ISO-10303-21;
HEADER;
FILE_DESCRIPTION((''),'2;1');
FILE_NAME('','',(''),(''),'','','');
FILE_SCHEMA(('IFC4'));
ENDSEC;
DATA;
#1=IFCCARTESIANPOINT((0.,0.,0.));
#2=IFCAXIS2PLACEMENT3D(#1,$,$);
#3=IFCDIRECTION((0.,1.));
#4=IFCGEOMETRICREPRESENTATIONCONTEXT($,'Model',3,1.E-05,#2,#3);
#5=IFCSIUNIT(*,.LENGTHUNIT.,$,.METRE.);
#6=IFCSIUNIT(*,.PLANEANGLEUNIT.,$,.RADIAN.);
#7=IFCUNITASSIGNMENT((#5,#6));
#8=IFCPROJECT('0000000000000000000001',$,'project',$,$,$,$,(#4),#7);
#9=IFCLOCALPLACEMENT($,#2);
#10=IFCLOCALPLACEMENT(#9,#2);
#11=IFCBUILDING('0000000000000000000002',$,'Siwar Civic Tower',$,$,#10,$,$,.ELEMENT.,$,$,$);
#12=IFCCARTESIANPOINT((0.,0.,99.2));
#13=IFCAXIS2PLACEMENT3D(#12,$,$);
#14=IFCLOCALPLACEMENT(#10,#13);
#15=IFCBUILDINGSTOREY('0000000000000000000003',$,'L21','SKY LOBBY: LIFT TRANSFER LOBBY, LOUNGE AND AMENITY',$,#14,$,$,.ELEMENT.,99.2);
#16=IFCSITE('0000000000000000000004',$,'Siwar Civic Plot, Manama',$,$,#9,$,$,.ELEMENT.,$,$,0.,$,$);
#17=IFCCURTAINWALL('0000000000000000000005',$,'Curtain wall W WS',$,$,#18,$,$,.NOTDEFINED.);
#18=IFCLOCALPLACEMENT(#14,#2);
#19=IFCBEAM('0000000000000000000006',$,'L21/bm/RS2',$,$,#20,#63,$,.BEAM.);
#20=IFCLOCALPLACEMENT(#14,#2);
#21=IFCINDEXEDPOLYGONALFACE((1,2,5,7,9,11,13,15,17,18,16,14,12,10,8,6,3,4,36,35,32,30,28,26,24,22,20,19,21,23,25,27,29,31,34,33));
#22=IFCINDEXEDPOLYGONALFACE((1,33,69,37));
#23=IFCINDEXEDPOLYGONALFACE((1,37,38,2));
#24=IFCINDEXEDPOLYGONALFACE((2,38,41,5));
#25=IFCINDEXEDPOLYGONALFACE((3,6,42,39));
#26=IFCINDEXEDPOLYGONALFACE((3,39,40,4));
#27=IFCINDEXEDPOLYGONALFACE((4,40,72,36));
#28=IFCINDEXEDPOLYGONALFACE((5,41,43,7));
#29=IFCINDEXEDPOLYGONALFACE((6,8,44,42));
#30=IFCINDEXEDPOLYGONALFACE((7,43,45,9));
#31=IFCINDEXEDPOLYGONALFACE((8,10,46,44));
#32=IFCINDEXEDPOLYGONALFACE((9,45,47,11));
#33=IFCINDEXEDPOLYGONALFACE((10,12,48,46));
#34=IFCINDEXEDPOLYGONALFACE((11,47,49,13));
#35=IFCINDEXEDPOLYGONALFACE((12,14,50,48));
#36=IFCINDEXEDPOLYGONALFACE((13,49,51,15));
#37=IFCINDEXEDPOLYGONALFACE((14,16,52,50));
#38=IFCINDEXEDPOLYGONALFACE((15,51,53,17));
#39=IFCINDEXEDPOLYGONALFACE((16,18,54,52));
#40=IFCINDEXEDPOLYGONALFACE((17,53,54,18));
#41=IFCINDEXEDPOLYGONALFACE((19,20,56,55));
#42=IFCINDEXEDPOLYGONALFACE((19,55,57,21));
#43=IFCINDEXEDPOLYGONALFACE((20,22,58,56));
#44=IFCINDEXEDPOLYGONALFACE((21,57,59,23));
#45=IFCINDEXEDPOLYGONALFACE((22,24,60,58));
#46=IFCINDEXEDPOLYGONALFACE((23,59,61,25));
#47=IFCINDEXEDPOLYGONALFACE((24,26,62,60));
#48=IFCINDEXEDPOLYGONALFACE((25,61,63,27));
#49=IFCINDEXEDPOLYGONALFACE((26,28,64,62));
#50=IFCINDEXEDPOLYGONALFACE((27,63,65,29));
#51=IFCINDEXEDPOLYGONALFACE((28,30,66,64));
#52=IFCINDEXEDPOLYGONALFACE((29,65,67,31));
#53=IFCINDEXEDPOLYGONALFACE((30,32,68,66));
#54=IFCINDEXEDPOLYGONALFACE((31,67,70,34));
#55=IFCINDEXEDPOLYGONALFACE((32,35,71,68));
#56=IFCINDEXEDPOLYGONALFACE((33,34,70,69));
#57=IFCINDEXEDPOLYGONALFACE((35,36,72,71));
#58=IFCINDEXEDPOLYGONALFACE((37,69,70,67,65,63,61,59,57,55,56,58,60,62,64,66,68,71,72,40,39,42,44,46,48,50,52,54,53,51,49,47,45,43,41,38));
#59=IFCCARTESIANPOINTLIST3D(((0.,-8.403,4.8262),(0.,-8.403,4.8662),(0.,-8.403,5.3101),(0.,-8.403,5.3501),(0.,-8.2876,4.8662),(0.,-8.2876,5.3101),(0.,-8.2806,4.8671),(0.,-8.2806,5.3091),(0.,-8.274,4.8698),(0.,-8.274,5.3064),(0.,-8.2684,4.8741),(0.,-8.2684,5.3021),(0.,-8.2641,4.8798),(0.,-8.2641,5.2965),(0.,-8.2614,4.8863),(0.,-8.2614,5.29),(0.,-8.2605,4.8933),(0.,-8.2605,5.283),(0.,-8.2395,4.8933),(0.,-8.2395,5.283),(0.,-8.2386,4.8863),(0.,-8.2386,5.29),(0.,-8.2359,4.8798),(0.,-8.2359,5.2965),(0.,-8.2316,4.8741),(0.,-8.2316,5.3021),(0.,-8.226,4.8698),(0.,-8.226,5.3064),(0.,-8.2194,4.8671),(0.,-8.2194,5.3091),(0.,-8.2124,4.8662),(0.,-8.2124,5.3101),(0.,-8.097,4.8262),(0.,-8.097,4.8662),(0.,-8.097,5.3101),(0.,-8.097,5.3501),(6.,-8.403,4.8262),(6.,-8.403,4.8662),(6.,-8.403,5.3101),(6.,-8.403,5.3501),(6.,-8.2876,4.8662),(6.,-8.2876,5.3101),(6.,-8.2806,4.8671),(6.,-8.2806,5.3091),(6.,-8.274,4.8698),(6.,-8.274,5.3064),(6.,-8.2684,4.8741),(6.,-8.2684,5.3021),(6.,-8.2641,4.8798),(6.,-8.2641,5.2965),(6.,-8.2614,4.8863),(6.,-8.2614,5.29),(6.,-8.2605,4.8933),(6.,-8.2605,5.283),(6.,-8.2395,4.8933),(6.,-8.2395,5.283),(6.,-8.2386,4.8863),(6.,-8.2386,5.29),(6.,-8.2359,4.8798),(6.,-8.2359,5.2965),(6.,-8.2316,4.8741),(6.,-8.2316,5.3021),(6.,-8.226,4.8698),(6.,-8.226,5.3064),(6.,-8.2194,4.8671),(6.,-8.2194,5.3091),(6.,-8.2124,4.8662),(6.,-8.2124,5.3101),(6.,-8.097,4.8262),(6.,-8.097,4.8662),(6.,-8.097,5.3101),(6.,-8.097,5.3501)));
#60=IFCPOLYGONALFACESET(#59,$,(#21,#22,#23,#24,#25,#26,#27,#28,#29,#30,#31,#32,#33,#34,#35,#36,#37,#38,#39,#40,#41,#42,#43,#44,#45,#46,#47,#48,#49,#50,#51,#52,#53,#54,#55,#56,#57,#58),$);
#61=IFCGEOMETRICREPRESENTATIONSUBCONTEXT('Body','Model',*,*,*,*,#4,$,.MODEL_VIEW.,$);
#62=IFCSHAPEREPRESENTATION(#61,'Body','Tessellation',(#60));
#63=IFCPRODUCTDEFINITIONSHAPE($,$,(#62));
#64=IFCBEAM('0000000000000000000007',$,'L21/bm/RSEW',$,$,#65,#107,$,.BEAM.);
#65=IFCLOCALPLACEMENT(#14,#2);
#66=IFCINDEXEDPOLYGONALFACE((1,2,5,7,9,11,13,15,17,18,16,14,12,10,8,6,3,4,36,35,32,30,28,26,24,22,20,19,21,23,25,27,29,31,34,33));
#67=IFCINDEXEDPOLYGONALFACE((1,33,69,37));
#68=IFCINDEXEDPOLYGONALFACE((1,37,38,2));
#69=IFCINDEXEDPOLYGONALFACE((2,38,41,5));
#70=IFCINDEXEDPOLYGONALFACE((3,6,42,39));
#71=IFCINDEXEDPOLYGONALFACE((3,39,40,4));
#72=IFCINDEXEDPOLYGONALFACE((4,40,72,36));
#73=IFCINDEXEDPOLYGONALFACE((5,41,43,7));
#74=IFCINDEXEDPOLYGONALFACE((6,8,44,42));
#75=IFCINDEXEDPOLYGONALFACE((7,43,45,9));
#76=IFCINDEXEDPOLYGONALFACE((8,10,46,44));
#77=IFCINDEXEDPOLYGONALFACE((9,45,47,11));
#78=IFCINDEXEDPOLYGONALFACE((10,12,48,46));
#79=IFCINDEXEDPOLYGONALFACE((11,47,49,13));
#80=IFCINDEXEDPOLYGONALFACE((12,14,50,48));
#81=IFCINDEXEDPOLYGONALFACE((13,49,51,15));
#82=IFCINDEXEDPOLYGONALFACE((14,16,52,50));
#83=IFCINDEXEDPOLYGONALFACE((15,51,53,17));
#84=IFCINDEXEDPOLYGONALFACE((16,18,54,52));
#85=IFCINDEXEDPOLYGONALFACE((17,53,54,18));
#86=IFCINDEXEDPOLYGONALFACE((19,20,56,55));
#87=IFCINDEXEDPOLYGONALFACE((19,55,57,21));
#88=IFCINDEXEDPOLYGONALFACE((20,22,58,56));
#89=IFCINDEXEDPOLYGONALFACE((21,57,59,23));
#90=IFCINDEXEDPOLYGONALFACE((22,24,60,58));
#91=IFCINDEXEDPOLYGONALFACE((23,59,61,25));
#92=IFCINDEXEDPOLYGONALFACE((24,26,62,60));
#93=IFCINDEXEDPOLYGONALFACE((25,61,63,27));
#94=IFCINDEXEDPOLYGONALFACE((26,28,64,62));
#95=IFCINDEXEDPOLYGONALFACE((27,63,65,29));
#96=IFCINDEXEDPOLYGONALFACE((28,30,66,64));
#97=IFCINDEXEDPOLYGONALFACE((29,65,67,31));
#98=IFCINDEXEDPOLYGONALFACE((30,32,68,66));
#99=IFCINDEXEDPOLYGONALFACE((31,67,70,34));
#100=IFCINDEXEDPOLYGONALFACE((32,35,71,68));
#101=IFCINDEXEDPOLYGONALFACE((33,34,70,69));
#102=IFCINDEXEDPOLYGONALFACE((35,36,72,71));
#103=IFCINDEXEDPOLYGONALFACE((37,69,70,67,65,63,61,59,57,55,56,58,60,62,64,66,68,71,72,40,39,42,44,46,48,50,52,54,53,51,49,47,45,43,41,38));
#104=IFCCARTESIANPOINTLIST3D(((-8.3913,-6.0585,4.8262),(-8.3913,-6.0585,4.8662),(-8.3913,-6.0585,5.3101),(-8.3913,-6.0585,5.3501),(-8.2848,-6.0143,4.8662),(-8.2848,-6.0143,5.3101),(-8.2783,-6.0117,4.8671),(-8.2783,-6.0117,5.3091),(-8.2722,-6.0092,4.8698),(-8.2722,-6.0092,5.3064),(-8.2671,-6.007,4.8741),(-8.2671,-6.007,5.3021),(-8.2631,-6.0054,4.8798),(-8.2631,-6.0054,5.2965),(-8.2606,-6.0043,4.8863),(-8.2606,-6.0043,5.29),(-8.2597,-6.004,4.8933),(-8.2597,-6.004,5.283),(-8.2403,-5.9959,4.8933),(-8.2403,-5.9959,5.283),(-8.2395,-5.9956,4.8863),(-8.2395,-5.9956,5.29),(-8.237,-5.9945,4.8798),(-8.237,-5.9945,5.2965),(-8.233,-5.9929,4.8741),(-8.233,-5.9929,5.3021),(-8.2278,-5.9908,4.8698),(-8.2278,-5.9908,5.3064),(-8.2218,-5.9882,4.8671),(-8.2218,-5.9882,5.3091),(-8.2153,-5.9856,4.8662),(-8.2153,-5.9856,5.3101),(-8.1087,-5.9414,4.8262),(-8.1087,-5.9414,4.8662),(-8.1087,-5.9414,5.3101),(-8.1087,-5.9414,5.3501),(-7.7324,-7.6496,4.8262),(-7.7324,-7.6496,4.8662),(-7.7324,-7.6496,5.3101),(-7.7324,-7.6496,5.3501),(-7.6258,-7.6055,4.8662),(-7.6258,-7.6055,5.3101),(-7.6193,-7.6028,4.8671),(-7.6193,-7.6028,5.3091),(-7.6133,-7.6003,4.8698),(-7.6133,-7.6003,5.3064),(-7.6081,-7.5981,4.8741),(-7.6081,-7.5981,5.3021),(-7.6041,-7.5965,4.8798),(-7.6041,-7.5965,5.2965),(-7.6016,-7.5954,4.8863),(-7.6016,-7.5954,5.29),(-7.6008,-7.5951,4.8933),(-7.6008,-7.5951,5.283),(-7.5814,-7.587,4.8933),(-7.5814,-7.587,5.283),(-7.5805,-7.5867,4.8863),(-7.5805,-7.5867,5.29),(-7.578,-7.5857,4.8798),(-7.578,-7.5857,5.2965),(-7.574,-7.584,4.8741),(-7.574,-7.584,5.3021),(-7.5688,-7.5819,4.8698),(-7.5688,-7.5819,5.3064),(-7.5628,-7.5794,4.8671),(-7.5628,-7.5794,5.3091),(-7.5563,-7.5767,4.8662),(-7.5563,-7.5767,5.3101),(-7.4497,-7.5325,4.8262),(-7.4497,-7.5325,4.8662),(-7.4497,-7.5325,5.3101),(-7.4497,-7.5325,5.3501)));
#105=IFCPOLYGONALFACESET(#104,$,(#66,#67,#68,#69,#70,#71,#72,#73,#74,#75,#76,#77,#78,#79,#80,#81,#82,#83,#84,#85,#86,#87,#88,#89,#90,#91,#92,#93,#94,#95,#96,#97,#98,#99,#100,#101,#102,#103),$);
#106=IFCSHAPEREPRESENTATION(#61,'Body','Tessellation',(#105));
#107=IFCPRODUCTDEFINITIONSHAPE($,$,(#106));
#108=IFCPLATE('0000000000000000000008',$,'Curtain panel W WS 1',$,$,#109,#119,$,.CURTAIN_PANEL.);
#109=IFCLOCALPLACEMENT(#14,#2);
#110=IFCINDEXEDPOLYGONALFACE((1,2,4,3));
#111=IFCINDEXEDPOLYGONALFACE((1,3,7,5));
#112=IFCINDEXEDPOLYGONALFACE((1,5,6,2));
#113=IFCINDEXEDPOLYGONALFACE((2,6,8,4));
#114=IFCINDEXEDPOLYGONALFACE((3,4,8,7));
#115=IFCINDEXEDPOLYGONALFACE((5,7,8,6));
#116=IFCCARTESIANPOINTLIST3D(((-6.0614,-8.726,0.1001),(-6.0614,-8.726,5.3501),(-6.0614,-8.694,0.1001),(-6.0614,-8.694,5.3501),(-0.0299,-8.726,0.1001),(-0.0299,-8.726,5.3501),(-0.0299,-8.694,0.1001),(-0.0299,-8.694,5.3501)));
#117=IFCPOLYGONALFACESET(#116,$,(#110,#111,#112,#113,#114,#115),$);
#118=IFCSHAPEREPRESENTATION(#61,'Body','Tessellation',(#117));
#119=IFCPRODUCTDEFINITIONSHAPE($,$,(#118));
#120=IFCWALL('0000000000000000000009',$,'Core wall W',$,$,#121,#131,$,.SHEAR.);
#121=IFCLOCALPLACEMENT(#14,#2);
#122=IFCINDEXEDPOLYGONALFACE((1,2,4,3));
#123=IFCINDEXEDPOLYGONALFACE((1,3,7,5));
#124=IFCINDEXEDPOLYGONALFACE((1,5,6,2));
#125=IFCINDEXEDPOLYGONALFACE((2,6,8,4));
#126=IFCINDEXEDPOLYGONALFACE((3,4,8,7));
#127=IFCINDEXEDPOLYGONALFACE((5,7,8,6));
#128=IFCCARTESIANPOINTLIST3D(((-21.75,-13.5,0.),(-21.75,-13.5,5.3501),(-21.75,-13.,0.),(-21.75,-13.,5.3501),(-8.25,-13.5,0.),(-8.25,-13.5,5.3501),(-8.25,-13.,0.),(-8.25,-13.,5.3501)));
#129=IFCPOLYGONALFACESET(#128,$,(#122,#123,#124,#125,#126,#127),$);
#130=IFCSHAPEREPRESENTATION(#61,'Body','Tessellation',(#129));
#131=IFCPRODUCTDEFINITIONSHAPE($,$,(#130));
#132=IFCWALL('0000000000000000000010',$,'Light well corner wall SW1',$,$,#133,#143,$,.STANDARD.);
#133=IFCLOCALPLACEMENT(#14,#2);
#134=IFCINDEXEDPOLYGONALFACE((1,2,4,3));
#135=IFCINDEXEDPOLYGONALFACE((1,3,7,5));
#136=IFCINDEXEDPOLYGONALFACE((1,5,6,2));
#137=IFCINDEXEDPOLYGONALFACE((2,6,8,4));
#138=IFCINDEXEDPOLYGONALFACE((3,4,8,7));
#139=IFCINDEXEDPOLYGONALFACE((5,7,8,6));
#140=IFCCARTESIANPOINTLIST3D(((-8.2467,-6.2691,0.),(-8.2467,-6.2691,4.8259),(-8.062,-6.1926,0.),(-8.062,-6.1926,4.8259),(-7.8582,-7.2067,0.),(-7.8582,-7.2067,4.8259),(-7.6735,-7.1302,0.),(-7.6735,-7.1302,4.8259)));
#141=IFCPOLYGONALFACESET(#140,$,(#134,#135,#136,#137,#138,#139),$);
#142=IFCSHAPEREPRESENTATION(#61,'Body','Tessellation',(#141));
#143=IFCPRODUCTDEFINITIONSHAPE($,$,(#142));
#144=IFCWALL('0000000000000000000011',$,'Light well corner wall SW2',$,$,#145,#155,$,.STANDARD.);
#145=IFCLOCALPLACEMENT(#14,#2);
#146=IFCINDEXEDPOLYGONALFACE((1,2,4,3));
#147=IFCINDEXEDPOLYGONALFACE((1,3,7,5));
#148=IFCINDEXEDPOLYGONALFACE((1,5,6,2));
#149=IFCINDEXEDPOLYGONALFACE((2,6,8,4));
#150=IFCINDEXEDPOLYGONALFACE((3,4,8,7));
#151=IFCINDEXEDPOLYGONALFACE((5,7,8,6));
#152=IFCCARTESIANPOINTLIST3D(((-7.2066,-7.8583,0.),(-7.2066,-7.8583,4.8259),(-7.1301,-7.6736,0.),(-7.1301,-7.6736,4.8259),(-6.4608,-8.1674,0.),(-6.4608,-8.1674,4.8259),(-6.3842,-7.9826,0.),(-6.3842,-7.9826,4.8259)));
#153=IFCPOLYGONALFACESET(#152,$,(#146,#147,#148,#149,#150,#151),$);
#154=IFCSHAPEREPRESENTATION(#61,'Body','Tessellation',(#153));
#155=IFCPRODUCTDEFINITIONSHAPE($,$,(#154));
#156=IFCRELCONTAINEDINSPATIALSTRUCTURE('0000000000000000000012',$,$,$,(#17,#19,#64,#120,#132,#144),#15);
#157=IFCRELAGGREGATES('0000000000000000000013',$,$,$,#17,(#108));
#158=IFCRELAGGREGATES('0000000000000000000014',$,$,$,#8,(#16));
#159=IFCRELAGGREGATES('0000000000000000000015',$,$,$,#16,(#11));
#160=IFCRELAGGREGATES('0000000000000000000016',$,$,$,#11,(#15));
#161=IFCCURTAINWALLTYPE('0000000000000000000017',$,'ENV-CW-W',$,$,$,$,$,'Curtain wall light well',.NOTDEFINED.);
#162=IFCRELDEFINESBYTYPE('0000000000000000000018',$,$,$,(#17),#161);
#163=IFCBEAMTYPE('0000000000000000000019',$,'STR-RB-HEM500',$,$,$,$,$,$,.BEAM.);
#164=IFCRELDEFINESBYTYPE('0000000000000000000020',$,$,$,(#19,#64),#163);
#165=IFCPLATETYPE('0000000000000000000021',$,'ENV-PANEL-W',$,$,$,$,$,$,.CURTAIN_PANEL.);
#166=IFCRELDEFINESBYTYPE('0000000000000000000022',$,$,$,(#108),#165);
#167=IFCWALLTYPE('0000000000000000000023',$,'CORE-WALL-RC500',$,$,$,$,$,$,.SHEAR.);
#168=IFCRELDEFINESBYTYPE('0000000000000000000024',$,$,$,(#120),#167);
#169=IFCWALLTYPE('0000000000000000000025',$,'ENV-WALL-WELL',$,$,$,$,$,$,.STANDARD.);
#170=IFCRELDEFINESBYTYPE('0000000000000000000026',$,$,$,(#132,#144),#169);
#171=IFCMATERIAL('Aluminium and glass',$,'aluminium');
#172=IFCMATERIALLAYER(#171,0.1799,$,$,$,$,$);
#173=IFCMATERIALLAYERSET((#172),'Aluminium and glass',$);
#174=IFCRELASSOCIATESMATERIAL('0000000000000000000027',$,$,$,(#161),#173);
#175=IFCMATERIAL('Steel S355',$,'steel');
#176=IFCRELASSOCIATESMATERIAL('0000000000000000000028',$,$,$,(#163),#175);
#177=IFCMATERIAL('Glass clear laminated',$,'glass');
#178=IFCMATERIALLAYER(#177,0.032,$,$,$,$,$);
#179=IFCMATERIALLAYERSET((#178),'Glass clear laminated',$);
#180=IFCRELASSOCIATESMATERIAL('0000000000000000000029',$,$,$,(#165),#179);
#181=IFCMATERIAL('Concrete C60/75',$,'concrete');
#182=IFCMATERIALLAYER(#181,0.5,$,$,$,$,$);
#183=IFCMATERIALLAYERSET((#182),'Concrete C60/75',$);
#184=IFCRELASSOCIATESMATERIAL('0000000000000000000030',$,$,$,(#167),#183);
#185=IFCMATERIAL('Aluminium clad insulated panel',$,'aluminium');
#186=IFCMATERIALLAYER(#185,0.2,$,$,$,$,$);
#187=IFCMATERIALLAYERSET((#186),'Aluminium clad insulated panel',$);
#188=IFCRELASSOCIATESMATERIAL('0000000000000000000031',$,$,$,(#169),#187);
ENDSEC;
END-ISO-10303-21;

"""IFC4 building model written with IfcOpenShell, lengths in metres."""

from ifc_helpers import new_model, si_unit, direction, frame, frame_2d, origin, origin_2d, place, context, subcontext, project, spatial, rectangle, i_section, extrude, material, layer, layer_set, material_profile, profile_set, type_object, element, aggregate, save


model = new_model("IFC4")

# Units and contexts
model_context = context("Model", 3, precision=1e-05, world=origin(), true_north=direction((0.0, 1.0)))
body_context = subcontext(model_context, "Body", "Model", "MODEL_VIEW")
ifc_project = project(units=[si_unit("LENGTHUNIT", "METRE"), si_unit("PLANEANGLEUNIT", "RADIAN")], contexts=[model_context])

# Site, building, storey
site_placement = place(None, origin())
site = spatial("IfcSite", under=ifc_project, at=site_placement, Name="Siwar Civic Plot, Manama", CompositionType="ELEMENT", RefElevation=0.0)
building_placement = place(site_placement, origin())
building = spatial("IfcBuilding", under=site, at=building_placement, Name="Siwar Civic Tower", CompositionType="ELEMENT")
storey_placement = place(building_placement, frame((0.0, 0.0, 99.2)))
storey = spatial("IfcBuildingStorey", under=building, at=storey_placement, Name="L21", Description="SKY LOBBY: LIFT TRANSFER LOBBY, LOUNGE AND AMENITY", CompositionType="ELEMENT", Elevation=99.2)

# Curtain wall
ifc_material_1 = material(Name="Aluminium and glass", Category="aluminium")
ifc_layer_1 = layer(ifc_material_1, 0.1799)
ifc_layer_set_1 = layer_set([ifc_layer_1], Name="Aluminium and glass")
curtain_wall_type = type_object("IfcCurtainWallType", Name="ENV-CW-W", ElementType="Curtain wall light well", PredefinedType="NOTDEFINED", material=ifc_layer_set_1)
curtain_wall_placement = place(storey_placement, origin())
curtain_wall = element("IfcCurtainWall", 1, at=curtain_wall_placement, inside=storey, type_object=curtain_wall_type, Name="Curtain wall W WS", PredefinedType="NOTDEFINED")

# Beams
ifc_material_2 = material(Name="Steel S355", Category="steel")
ifc_material_profile_1 = material_profile(ifc_material_2, i_section(OverallWidth=0.3059, OverallDepth=0.5239, WebThickness=0.021, FlangeThickness=0.04, FilletRadius=0.0271, at=origin_2d()), Name="HEM500")
ifc_profile_set_1 = profile_set([ifc_material_profile_1], Name="Steel S355")
beam_type = type_object("IfcBeamType", Name="STR-RB-HEM500", PredefinedType="BEAM", material=ifc_profile_set_1)
for number, where, z_axis, x_axis, name in (
    (2, (0.0, -8.25, 5.0881), (1.0, 0.0, 0.0), (0.0, 1.0, 0.0), "L21/bm/RS2"),
):
    element("IfcBeam", number, at=place(storey_placement, frame(where, z_axis=z_axis, x_axis=x_axis)), inside=storey, type_object=beam_type, Name=name, PredefinedType="BEAM", context=body_context, shape_type="SweptSolid", body=[
        extrude(i_section(OverallWidth=0.3059, OverallDepth=0.5239, WebThickness=0.021, FlangeThickness=0.04, FilletRadius=0.0271, at=origin_2d()), origin(), (0.0, 0.0, 1.0), 6.0),
    ])
beam_1_placement = place(storey_placement, frame((-7.5911, -7.5911, 5.0881), z_axis=(-0.382631, 0.923901, 0.0), x_axis=(-0.923901, -0.382631, 0.0)))
element("IfcBeam", 3, at=beam_1_placement, inside=storey, type_object=beam_type, Name="L21/bm/RSEW", PredefinedType="BEAM", context=body_context, shape_type="SweptSolid", body=[
    extrude(i_section(OverallWidth=0.3059, OverallDepth=0.5239, WebThickness=0.021, FlangeThickness=0.04, FilletRadius=0.0271, at=origin_2d()), origin(), (0.0, 0.0, 1.0), 1.7222),
])

# Plate
ifc_material_3 = material(Name="Glass clear laminated", Category="glass")
ifc_layer_2 = layer(ifc_material_3, 0.032)
ifc_layer_set_2 = layer_set([ifc_layer_2], Name="Glass clear laminated")
plate_type = type_object("IfcPlateType", Name="ENV-PANEL-W", PredefinedType="CURTAIN_PANEL", material=ifc_layer_set_2)
plate_placement = place(storey_placement, frame((-3.0457, -8.71, 0.1001), z_axis=(0.0, 0.0, 1.0), x_axis=(1.0, 0.0, 0.0)))
plate = element("IfcPlate", 4, at=plate_placement, type_object=plate_type, Name="Curtain panel W WS 1", PredefinedType="CURTAIN_PANEL", context=body_context, shape_type="SweptSolid", body=[
    extrude(rectangle(XDim=6.0315, YDim=0.032, at=origin_2d()), origin(), (0.0, 0.0, 1.0), 5.25),
])
aggregate(curtain_wall, [plate])

# Walls
ifc_material_4 = material(Name="Concrete C60/75", Category="concrete")
ifc_layer_3 = layer(ifc_material_4, 0.5)
ifc_layer_set_3 = layer_set([ifc_layer_3], Name="Concrete C60/75")
wall_type_1 = type_object("IfcWallType", Name="CORE-WALL-RC500", PredefinedType="SHEAR", material=ifc_layer_set_3)
wall_1_placement = place(storey_placement, frame((-8.25, -13.25, 0.0), z_axis=(0.0, 0.0, 1.0), x_axis=(-1.0, 0.0, 0.0)))
element("IfcWall", 5, at=wall_1_placement, inside=storey, type_object=wall_type_1, Name="Core wall W", PredefinedType="SHEAR", context=body_context, shape_type="SweptSolid", body=[
    extrude(rectangle(XDim=13.5, YDim=0.5, at=frame_2d((6.75, 0.0))), origin(), (0.0, 0.0, 1.0), 5.3501),
])
ifc_material_5 = material(Name="Aluminium clad insulated panel", Category="aluminium")
ifc_layer_4 = layer(ifc_material_5, 0.2)
ifc_layer_set_4 = layer_set([ifc_layer_4], Name="Aluminium clad insulated panel")
wall_type_2 = type_object("IfcWallType", Name="ENV-WALL-WELL", PredefinedType="STANDARD", material=ifc_layer_set_4)
wall_2_placement = place(storey_placement, frame((-8.1543, -6.231, 0.0), z_axis=(0.0, 0.0, 1.0), x_axis=(0.38277, -0.923844, 0.0)))
element("IfcWall", 6, at=wall_2_placement, inside=storey, type_object=wall_type_2, Name="Light well corner wall SW1", PredefinedType="STANDARD", context=body_context, shape_type="SweptSolid", body=[
    extrude(rectangle(XDim=1.0149, YDim=0.2, at=frame_2d((0.5073, 0.0))), origin(), (0.0, 0.0, 1.0), 4.8259),
])
wall_3_placement = place(storey_placement, frame((-7.1685, -7.7659, 0.0), z_axis=(0.0, 0.0, 1.0), x_axis=(0.923818, -0.382833, 0.0)))
element("IfcWall", 7, at=wall_3_placement, inside=storey, type_object=wall_type_2, Name="Light well corner wall SW2", PredefinedType="STANDARD", context=body_context, shape_type="SweptSolid", body=[
    extrude(rectangle(XDim=0.8074, YDim=0.2, at=frame_2d((0.4038, 0.0))), origin(), (0.0, 0.0, 1.0), 4.8259),
])

save(model, "model.ifc")
